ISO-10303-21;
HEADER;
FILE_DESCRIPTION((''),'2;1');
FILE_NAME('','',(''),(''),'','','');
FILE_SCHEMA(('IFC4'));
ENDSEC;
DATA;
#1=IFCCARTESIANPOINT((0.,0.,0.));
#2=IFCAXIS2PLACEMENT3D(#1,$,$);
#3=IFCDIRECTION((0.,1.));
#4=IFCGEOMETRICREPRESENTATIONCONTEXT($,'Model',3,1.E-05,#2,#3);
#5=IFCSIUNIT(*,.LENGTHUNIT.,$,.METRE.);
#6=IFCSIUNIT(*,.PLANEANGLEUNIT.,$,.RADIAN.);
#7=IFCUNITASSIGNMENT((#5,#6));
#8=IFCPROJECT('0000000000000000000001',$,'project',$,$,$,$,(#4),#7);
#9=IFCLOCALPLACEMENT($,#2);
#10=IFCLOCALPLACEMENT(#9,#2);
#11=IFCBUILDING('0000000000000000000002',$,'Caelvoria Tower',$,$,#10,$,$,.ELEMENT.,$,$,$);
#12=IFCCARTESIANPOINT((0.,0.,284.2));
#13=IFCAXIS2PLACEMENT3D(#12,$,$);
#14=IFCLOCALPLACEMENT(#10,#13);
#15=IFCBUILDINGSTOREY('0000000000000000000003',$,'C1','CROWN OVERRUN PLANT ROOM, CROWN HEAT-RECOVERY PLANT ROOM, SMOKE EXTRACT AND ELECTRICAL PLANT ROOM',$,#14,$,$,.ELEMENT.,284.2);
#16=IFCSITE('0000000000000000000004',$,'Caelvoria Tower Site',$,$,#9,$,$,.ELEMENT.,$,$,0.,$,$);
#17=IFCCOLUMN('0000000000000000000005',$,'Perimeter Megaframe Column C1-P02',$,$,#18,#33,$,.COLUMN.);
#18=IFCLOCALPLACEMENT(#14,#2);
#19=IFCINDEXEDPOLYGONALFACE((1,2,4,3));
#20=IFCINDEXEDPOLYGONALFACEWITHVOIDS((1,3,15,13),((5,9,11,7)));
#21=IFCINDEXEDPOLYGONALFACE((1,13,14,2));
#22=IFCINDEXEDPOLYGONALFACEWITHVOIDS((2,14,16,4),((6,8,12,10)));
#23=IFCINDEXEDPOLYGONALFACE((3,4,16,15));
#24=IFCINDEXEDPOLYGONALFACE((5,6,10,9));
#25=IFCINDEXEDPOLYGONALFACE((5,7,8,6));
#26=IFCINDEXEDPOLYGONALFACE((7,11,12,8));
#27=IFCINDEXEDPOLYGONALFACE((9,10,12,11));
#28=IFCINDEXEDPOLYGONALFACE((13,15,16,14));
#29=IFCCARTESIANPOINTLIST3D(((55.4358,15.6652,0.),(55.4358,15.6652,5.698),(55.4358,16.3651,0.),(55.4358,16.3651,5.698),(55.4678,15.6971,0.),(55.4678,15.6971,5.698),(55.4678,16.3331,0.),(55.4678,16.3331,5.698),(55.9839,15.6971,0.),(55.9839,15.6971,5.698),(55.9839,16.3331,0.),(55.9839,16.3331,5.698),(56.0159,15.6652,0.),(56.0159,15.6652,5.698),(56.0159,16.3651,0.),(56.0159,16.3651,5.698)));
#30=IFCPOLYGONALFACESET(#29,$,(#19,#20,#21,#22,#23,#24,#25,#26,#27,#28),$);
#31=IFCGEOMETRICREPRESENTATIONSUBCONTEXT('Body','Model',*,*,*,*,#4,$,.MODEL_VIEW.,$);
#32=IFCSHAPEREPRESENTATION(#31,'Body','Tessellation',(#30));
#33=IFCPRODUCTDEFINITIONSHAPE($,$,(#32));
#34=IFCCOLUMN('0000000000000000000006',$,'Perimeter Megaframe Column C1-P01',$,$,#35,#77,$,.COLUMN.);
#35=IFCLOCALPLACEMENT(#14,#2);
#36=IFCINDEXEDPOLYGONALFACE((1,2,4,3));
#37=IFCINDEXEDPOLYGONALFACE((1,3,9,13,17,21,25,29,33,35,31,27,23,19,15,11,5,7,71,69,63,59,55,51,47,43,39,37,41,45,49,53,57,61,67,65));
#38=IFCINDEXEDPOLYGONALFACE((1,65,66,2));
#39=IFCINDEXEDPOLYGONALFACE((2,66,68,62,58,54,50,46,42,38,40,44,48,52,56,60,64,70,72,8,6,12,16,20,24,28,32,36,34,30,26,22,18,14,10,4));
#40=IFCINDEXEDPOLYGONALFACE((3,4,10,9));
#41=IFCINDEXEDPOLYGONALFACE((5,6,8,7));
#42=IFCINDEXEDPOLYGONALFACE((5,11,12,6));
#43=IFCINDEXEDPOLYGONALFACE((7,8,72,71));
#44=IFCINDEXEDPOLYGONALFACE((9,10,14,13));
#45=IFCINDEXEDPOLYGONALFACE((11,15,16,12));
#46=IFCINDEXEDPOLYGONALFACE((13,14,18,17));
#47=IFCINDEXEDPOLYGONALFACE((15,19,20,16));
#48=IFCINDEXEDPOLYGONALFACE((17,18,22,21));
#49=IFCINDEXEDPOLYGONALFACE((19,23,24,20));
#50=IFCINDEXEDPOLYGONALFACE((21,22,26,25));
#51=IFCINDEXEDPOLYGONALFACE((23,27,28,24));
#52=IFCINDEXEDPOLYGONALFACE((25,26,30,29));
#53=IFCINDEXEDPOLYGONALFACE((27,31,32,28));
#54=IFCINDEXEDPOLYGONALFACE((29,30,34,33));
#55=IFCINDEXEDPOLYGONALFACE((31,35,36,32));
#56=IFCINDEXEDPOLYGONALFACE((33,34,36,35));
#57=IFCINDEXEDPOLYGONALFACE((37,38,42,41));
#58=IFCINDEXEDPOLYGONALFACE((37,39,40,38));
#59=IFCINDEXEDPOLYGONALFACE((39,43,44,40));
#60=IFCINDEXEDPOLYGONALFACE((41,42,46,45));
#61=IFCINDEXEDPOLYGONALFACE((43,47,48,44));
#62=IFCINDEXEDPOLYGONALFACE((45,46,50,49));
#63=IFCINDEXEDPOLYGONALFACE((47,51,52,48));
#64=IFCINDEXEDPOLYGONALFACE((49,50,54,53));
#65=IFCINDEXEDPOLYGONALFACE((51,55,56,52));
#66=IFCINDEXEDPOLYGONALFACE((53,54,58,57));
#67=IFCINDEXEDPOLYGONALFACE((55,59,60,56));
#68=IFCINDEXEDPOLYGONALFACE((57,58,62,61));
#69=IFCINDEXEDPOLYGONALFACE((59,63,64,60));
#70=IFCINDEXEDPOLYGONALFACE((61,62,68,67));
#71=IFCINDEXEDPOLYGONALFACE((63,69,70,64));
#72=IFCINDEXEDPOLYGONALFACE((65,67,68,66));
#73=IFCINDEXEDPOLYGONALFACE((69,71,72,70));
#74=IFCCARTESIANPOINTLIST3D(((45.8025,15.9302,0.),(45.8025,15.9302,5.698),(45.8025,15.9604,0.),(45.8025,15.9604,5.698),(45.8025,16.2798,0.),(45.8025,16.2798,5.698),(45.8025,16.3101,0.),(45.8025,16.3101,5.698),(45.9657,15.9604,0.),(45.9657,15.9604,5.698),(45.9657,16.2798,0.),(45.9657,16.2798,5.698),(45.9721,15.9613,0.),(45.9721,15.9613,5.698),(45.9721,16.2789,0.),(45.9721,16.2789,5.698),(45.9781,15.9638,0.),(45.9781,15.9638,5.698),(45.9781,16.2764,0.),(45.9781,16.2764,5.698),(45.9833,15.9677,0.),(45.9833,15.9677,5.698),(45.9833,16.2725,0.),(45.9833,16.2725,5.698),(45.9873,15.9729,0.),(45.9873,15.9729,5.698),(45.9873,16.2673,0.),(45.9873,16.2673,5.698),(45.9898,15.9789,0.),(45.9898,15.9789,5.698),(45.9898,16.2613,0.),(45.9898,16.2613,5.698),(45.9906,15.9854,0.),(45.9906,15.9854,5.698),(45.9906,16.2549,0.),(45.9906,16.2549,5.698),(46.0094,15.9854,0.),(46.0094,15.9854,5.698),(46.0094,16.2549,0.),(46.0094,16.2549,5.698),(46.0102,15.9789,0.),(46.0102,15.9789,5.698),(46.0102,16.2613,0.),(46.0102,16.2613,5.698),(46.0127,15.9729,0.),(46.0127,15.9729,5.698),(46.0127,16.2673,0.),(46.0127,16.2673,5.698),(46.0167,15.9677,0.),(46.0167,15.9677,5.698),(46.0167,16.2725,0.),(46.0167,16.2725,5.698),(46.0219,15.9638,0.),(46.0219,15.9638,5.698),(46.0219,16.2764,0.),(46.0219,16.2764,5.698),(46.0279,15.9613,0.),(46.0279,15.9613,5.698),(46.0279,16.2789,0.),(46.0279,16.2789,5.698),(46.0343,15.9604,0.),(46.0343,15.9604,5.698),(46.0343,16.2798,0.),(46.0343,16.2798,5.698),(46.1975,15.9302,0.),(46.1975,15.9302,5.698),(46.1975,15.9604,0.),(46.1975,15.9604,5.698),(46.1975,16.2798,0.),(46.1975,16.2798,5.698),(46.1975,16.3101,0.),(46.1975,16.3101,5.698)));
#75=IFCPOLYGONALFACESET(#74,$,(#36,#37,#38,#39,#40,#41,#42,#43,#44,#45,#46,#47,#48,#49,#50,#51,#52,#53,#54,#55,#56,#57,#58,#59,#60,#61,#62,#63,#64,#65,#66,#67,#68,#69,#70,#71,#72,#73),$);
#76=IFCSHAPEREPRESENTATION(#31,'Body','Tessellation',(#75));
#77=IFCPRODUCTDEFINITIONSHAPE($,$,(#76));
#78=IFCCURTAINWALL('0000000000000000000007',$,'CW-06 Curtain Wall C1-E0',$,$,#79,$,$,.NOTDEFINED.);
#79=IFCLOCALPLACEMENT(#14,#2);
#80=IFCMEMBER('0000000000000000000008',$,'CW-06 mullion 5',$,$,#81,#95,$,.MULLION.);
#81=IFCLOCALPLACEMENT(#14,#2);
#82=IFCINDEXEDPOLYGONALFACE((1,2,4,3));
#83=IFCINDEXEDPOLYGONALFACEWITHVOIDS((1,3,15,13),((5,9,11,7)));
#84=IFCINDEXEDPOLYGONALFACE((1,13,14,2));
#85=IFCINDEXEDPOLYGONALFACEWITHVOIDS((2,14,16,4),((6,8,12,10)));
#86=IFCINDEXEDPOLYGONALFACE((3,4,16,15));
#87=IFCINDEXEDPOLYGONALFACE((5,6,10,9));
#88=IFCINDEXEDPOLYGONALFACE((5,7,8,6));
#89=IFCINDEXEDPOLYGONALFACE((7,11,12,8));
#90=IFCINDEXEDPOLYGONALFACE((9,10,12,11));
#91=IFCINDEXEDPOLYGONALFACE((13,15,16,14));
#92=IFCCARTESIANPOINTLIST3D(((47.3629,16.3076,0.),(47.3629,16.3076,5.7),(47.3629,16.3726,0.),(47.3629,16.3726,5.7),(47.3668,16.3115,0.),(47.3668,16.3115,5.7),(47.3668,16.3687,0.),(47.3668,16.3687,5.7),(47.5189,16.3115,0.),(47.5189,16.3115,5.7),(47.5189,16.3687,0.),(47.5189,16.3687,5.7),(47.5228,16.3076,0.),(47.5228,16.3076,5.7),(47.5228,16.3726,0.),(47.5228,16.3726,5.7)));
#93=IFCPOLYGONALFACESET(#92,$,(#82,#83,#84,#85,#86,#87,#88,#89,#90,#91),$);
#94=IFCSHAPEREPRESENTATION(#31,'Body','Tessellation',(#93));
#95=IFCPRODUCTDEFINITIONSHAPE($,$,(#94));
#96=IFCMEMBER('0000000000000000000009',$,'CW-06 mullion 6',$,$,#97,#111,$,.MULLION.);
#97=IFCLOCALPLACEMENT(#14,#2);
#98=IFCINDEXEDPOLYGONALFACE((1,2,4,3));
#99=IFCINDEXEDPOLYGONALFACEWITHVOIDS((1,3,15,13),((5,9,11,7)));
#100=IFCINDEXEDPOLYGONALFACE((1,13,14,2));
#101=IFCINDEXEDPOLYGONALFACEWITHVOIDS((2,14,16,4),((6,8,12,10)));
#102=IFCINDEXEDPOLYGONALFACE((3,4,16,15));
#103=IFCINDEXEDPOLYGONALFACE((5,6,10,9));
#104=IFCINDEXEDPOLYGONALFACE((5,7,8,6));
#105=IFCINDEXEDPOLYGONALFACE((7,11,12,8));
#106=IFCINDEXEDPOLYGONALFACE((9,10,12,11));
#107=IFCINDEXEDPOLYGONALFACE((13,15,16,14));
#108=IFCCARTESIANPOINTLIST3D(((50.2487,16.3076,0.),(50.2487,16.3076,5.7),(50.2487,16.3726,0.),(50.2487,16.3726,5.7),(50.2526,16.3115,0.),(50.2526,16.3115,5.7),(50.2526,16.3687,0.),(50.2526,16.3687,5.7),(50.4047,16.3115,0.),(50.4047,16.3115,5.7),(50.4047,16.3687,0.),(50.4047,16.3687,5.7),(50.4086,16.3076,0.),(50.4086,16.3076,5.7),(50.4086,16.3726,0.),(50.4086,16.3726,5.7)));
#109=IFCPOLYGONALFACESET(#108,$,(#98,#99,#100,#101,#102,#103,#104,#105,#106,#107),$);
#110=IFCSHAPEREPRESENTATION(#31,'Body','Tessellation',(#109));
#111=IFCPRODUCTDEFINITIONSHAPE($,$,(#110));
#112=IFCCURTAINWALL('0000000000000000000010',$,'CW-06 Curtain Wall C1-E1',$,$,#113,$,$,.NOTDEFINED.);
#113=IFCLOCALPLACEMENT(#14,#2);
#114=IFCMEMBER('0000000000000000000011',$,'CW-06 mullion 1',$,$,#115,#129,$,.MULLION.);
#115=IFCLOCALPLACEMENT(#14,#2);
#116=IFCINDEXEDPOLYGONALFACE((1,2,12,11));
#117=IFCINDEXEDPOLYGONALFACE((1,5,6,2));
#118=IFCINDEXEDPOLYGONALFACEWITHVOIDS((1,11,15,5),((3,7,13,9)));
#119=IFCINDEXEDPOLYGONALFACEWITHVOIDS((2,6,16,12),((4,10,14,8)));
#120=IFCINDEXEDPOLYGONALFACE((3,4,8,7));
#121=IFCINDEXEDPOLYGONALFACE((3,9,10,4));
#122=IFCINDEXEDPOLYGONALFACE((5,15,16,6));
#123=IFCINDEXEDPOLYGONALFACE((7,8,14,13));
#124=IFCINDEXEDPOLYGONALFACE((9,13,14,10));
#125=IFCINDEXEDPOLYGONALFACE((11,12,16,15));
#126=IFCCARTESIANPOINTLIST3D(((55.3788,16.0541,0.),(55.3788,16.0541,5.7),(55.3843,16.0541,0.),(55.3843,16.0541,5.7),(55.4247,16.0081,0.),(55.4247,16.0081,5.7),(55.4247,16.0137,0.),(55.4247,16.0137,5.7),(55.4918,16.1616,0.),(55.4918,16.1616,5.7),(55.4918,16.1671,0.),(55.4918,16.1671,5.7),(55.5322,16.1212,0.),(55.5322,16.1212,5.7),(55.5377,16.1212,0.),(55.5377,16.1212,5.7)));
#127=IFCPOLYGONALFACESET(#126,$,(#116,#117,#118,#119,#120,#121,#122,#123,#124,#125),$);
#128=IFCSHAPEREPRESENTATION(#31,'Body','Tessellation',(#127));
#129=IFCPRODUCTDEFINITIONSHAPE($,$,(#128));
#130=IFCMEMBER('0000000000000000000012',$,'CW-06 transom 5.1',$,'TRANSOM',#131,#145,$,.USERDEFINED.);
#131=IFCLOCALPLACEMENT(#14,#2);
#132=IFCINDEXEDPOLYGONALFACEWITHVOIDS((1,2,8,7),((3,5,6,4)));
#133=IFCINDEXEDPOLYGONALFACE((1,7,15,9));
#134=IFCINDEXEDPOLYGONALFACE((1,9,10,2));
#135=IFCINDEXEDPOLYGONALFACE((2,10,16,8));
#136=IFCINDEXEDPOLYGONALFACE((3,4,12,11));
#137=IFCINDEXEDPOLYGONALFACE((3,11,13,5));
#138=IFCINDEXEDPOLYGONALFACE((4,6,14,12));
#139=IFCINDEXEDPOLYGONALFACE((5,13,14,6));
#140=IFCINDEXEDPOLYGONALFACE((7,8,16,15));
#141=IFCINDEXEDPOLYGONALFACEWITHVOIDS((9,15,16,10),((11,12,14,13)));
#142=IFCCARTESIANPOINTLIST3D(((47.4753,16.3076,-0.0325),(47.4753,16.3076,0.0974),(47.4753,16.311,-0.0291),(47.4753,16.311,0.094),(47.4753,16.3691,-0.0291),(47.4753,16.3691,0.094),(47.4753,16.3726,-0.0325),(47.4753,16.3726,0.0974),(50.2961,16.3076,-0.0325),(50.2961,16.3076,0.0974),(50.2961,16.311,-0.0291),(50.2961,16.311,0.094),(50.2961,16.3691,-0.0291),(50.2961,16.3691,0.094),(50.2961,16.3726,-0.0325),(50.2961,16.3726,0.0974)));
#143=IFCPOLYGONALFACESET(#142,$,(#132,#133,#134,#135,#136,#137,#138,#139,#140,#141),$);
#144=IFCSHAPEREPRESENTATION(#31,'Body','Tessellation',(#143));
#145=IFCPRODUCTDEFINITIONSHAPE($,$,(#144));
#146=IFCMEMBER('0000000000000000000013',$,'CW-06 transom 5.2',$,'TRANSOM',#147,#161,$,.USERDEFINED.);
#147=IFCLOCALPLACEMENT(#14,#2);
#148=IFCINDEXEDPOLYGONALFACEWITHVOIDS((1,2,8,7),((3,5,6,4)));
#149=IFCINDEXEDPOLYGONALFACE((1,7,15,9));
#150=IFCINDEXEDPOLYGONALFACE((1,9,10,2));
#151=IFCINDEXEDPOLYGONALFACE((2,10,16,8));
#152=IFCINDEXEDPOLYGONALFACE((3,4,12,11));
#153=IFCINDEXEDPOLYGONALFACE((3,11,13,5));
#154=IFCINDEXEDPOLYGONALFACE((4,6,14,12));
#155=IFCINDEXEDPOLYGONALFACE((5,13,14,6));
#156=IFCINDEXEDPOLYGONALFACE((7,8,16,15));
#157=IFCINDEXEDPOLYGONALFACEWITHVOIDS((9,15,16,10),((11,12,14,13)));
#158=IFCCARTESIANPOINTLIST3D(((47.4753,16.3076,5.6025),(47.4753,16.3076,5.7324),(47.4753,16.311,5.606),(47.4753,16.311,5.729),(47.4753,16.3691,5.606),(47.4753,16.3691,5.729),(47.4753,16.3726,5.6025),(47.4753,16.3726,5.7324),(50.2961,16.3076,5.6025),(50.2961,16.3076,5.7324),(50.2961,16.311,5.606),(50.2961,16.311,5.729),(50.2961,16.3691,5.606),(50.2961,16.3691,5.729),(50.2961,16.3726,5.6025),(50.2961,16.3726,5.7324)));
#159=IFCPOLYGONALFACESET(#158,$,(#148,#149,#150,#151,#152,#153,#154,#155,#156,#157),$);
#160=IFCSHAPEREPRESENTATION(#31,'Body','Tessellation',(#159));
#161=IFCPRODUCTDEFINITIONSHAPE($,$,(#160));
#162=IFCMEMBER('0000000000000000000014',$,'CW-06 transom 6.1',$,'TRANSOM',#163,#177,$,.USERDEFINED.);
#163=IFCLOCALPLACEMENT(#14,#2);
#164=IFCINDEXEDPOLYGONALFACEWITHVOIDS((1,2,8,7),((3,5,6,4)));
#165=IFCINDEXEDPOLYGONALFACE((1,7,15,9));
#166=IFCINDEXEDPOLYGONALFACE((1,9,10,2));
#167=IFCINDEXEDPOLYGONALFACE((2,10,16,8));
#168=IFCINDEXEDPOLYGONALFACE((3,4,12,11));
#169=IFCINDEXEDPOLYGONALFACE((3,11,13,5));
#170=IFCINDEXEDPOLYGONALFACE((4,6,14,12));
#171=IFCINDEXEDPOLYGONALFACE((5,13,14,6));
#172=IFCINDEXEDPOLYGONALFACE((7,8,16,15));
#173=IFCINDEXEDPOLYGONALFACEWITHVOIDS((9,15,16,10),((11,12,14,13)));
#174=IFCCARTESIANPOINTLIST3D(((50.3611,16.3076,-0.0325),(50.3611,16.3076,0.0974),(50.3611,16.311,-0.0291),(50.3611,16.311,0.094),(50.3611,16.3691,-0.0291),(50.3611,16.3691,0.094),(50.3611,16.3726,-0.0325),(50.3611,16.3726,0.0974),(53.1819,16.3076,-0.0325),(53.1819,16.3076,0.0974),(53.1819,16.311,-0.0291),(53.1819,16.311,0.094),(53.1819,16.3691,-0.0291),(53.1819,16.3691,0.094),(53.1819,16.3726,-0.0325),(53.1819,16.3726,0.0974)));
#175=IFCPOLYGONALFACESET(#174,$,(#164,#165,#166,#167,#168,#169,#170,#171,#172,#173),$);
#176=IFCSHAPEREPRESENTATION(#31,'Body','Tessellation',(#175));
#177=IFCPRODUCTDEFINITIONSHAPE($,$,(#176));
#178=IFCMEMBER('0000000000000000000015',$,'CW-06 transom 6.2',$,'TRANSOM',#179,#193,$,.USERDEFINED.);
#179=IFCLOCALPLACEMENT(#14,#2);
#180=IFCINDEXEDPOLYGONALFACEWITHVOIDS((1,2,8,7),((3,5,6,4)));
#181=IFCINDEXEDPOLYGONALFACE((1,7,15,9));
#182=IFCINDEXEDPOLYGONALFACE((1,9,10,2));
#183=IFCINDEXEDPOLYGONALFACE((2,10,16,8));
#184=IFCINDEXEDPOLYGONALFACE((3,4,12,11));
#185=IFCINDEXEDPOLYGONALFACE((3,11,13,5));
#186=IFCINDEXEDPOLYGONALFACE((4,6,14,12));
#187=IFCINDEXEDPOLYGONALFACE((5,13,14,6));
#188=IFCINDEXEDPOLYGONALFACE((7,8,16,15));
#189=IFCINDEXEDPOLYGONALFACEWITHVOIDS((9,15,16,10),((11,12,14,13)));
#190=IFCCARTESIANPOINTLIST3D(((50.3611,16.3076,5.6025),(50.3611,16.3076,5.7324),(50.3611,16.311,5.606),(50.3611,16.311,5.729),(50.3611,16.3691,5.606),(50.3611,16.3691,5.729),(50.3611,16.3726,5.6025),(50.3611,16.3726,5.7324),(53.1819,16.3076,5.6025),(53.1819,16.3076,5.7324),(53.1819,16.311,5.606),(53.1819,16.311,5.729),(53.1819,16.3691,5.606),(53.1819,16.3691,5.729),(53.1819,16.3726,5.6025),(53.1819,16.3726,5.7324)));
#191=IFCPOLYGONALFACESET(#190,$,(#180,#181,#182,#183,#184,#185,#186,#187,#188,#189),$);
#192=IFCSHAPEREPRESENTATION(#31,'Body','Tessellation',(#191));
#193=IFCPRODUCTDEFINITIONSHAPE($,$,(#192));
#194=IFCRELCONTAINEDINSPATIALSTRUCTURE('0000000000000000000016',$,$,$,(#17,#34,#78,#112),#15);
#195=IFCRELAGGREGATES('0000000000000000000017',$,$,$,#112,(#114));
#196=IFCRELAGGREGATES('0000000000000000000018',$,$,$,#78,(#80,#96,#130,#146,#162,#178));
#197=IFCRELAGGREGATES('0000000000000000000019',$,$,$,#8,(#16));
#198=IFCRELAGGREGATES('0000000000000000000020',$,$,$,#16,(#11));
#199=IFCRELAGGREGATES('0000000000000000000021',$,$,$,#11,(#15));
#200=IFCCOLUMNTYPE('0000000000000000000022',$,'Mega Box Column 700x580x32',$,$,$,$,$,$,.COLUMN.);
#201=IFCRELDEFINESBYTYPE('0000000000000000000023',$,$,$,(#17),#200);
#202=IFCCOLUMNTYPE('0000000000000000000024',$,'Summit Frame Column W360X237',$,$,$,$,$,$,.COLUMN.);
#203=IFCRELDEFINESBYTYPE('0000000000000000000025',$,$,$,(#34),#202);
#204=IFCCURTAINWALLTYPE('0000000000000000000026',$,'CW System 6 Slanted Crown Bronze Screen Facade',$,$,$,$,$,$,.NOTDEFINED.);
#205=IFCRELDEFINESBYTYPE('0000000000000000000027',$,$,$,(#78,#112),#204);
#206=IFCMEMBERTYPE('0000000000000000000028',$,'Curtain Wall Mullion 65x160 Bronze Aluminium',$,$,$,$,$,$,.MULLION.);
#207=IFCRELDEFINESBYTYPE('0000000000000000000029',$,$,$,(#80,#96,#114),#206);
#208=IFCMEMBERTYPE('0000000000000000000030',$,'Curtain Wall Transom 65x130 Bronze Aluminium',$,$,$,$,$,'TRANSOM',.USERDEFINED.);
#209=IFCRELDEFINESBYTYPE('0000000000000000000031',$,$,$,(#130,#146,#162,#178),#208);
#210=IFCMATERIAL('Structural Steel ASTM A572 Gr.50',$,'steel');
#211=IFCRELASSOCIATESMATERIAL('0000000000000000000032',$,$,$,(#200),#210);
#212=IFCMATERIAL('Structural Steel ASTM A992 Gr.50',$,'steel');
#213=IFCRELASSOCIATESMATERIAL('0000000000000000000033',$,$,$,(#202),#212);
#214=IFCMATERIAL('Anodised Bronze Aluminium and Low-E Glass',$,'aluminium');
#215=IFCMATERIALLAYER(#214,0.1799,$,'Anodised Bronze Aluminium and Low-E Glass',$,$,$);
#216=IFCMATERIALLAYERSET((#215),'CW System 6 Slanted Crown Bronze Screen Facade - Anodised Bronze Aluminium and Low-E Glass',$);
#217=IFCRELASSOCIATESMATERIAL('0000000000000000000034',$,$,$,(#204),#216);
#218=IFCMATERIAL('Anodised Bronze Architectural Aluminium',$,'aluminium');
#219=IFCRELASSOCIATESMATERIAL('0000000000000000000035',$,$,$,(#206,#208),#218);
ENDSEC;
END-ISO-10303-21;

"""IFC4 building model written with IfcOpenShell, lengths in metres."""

from ifc_helpers import new_model, si_unit, direction, frame, origin, origin_2d, place, context, subcontext, project, spatial, hollow_rectangle, i_section, extrude, material, layer, layer_set, material_profile, profile_set, type_object, element, aggregate, save


model = new_model("IFC4")

# Units and contexts
model_context = context("Model", 3, precision=1e-05, world=origin(), true_north=direction((0.0, 1.0)))
body_context = subcontext(model_context, "Body", "Model", "MODEL_VIEW")
ifc_project = project(units=[si_unit("LENGTHUNIT", "METRE"), si_unit("PLANEANGLEUNIT", "RADIAN")], contexts=[model_context])

# Site, building, storey
site_placement = place(None, origin())
site = spatial("IfcSite", under=ifc_project, at=site_placement, Name="Caelvoria Tower Site", CompositionType="ELEMENT", RefElevation=0.0)
building_placement = place(site_placement, origin())
building = spatial("IfcBuilding", under=site, at=building_placement, Name="Caelvoria Tower", CompositionType="ELEMENT")
storey_placement = place(building_placement, frame((0.0, 0.0, 284.2)))
storey = spatial("IfcBuildingStorey", under=building, at=storey_placement, Name="C1", Description="CROWN OVERRUN PLANT ROOM, CROWN HEAT-RECOVERY PLANT ROOM, SMOKE EXTRACT AND ELECTRICAL PLANT ROOM", CompositionType="ELEMENT", Elevation=284.2)

# Columns
ifc_material_1 = material(Name="Structural Steel ASTM A572 Gr.50", Category="steel")
ifc_material_profile_1 = material_profile(ifc_material_1, hollow_rectangle(XDim=0.5801, YDim=0.7, WallThickness=0.032, at=origin_2d()), Name="Structural Steel ASTM A572 Gr.50")
ifc_profile_set_1 = profile_set([ifc_material_profile_1], Name="BOX700X580X32 - Structural Steel ASTM A572 Gr.50")
column_type_1 = type_object("IfcColumnType", Name="Mega Box Column 700x580x32", PredefinedType="COLUMN", material=ifc_profile_set_1)
column_1_placement = place(storey_placement, frame((55.7258, 16.0151, 0.0), z_axis=(0.0, 0.0, 1.0), x_axis=(1.0, 0.0, 0.0)))
element("IfcColumn", 1, at=column_1_placement, inside=storey, type_object=column_type_1, Name="Perimeter Megaframe Column C1-P02", PredefinedType="COLUMN", context=body_context, shape_type="SweptSolid", body=[
    extrude(hollow_rectangle(XDim=0.5801, YDim=0.7, WallThickness=0.032, at=origin_2d()), origin(), (0.0, 0.0, 1.0), 5.698),
])
ifc_material_2 = material(Name="Structural Steel ASTM A992 Gr.50", Category="steel")
ifc_material_profile_2 = material_profile(ifc_material_2, i_section(OverallWidth=0.395, OverallDepth=0.3799, WebThickness=0.0188, FlangeThickness=0.0303, FilletRadius=0.0249, at=origin_2d()), Name="Structural Steel ASTM A992 Gr.50")
ifc_profile_set_2 = profile_set([ifc_material_profile_2], Name="W360X237 - Structural Steel ASTM A992 Gr.50")
column_type_2 = type_object("IfcColumnType", Name="Summit Frame Column W360X237", PredefinedType="COLUMN", material=ifc_profile_set_2)
column_2_placement = place(storey_placement, frame((46.0, 16.1201, 0.0), z_axis=(0.0, 0.0, 1.0), x_axis=(1.0, 0.0, 0.0)))
element("IfcColumn", 2, at=column_2_placement, inside=storey, type_object=column_type_2, Name="Perimeter Megaframe Column C1-P01", PredefinedType="COLUMN", context=body_context, shape_type="SweptSolid", body=[
    extrude(i_section(OverallWidth=0.395, OverallDepth=0.3799, WebThickness=0.0188, FlangeThickness=0.0303, FilletRadius=0.0249, at=origin_2d()), origin(), (0.0, 0.0, 1.0), 5.698),
])

# Curtain wall, members
ifc_material_3 = material(Name="Anodised Bronze Aluminium and Low-E Glass", Category="aluminium")
ifc_layer_1 = layer(ifc_material_3, 0.1799, Name="Anodised Bronze Aluminium and Low-E Glass")
ifc_layer_set_1 = layer_set([ifc_layer_1], Name="CW System 6 Slanted Crown Bronze Screen Facade - Anodised Bronze Aluminium and Low-E Glass")
curtain_wall_type = type_object("IfcCurtainWallType", Name="CW System 6 Slanted Crown Bronze Screen Facade", PredefinedType="NOTDEFINED", material=ifc_layer_set_1)
curtain_wall_1_placement = place(storey_placement, origin())
curtain_wall_1 = element("IfcCurtainWall", 3, at=curtain_wall_1_placement, inside=storey, type_object=curtain_wall_type, Name="CW-06 Curtain Wall C1-E0", PredefinedType="NOTDEFINED")
ifc_material_4 = material(Name="Anodised Bronze Architectural Aluminium", Category="aluminium")
ifc_material_profile_3 = material_profile(ifc_material_4, hollow_rectangle(XDim=0.0649, YDim=0.1599, WallThickness=0.0039, at=origin_2d()), Name="Anodised Bronze Architectural Aluminium")
ifc_profile_set_3 = profile_set([ifc_material_profile_3], Name="CW_MULL_65X160 - Anodised Bronze Architectural Aluminium")
member_type_1 = type_object("IfcMemberType", Name="Curtain Wall Mullion 65x160 Bronze Aluminium", PredefinedType="MULLION", material=ifc_profile_set_3)
member_1_placement = place(storey_placement, frame((47.4429, 16.3401, 0.0), z_axis=(0.0, 0.0, 1.0), x_axis=(0.0, 1.0, 0.0)))
member_1 = element("IfcMember", 4, at=member_1_placement, type_object=member_type_1, Name="CW-06 mullion 5", PredefinedType="MULLION", context=body_context, shape_type="SweptSolid", body=[
    extrude(hollow_rectangle(XDim=0.0649, YDim=0.1599, WallThickness=0.0039, at=origin_2d()), origin(), (0.0, 0.0, 1.0), 5.7),
])
member_2_placement = place(storey_placement, frame((50.3286, 16.3401, 0.0), z_axis=(0.0, 0.0, 1.0), x_axis=(0.0, 1.0, 0.0)))
member_2 = element("IfcMember", 5, at=member_2_placement, type_object=member_type_1, Name="CW-06 mullion 6", PredefinedType="MULLION", context=body_context, shape_type="SweptSolid", body=[
    extrude(hollow_rectangle(XDim=0.0649, YDim=0.1599, WallThickness=0.0039, at=origin_2d()), origin(), (0.0, 0.0, 1.0), 5.7),
])

# Curtain wall, member
curtain_wall_2_placement = place(storey_placement, origin())
curtain_wall_2 = element("IfcCurtainWall", 6, at=curtain_wall_2_placement, inside=storey, type_object=curtain_wall_type, Name="CW-06 Curtain Wall C1-E1", PredefinedType="NOTDEFINED")
member_3_placement = place(storey_placement, frame((55.4583, 16.0876, 0.0), z_axis=(0.0, 0.0, 1.0), x_axis=(-0.707107, 0.707107, 0.0)))
member_3 = element("IfcMember", 7, at=member_3_placement, type_object=member_type_1, Name="CW-06 mullion 1", PredefinedType="MULLION", context=body_context, shape_type="SweptSolid", body=[
    extrude(hollow_rectangle(XDim=0.0649, YDim=0.1599, WallThickness=0.0039, at=origin_2d()), origin(), (0.0, 0.0, 1.0), 5.7),
])

# Members
ifc_material_profile_4 = material_profile(ifc_material_4, hollow_rectangle(XDim=0.0649, YDim=0.1299, WallThickness=0.0034, at=origin_2d()), Name="Anodised Bronze Architectural Aluminium")
ifc_profile_set_4 = profile_set([ifc_material_profile_4], Name="CW_TRAN_65X130 - Anodised Bronze Architectural Aluminium")
member_type_2 = type_object("IfcMemberType", Name="Curtain Wall Transom 65x130 Bronze Aluminium", ElementType="TRANSOM", PredefinedType="USERDEFINED", material=ifc_profile_set_4)
member_4_placement = place(storey_placement, frame((47.4753, 16.3401, 0.0325), z_axis=(1.0, 0.0, 0.0), x_axis=(0.0, 1.0, 0.0)))
member_4 = element("IfcMember", 8, at=member_4_placement, type_object=member_type_2, Name="CW-06 transom 5.1", ObjectType="TRANSOM", PredefinedType="USERDEFINED", context=body_context, shape_type="SweptSolid", body=[
    extrude(hollow_rectangle(XDim=0.0649, YDim=0.1299, WallThickness=0.0034, at=origin_2d()), origin(), (0.0, 0.0, 1.0), 2.8208),
])
member_5_placement = place(storey_placement, frame((47.4753, 16.3401, 5.6675), z_axis=(1.0, 0.0, 0.0), x_axis=(0.0, 1.0, 0.0)))
member_5 = element("IfcMember", 9, at=member_5_placement, type_object=member_type_2, Name="CW-06 transom 5.2", ObjectType="TRANSOM", PredefinedType="USERDEFINED", context=body_context, shape_type="SweptSolid", body=[
    extrude(hollow_rectangle(XDim=0.0649, YDim=0.1299, WallThickness=0.0034, at=origin_2d()), origin(), (0.0, 0.0, 1.0), 2.8208),
])
member_6_placement = place(storey_placement, frame((50.3611, 16.3401, 0.0325), z_axis=(1.0, 0.0, 0.0), x_axis=(0.0, 1.0, 0.0)))
member_6 = element("IfcMember", 10, at=member_6_placement, type_object=member_type_2, Name="CW-06 transom 6.1", ObjectType="TRANSOM", PredefinedType="USERDEFINED", context=body_context, shape_type="SweptSolid", body=[
    extrude(hollow_rectangle(XDim=0.0649, YDim=0.1299, WallThickness=0.0034, at=origin_2d()), origin(), (0.0, 0.0, 1.0), 2.8208),
])
member_7_placement = place(storey_placement, frame((50.3611, 16.3401, 5.6675), z_axis=(1.0, 0.0, 0.0), x_axis=(0.0, 1.0, 0.0)))
member_7 = element("IfcMember", 11, at=member_7_placement, type_object=member_type_2, Name="CW-06 transom 6.2", ObjectType="TRANSOM", PredefinedType="USERDEFINED", context=body_context, shape_type="SweptSolid", body=[
    extrude(hollow_rectangle(XDim=0.0649, YDim=0.1299, WallThickness=0.0034, at=origin_2d()), origin(), (0.0, 0.0, 1.0), 2.8208),
])
aggregate(curtain_wall_2, [member_3])

aggregate(curtain_wall_1, [member_1, member_2, member_4, member_5, member_6, member_7])

save(model, "model.ifc")
